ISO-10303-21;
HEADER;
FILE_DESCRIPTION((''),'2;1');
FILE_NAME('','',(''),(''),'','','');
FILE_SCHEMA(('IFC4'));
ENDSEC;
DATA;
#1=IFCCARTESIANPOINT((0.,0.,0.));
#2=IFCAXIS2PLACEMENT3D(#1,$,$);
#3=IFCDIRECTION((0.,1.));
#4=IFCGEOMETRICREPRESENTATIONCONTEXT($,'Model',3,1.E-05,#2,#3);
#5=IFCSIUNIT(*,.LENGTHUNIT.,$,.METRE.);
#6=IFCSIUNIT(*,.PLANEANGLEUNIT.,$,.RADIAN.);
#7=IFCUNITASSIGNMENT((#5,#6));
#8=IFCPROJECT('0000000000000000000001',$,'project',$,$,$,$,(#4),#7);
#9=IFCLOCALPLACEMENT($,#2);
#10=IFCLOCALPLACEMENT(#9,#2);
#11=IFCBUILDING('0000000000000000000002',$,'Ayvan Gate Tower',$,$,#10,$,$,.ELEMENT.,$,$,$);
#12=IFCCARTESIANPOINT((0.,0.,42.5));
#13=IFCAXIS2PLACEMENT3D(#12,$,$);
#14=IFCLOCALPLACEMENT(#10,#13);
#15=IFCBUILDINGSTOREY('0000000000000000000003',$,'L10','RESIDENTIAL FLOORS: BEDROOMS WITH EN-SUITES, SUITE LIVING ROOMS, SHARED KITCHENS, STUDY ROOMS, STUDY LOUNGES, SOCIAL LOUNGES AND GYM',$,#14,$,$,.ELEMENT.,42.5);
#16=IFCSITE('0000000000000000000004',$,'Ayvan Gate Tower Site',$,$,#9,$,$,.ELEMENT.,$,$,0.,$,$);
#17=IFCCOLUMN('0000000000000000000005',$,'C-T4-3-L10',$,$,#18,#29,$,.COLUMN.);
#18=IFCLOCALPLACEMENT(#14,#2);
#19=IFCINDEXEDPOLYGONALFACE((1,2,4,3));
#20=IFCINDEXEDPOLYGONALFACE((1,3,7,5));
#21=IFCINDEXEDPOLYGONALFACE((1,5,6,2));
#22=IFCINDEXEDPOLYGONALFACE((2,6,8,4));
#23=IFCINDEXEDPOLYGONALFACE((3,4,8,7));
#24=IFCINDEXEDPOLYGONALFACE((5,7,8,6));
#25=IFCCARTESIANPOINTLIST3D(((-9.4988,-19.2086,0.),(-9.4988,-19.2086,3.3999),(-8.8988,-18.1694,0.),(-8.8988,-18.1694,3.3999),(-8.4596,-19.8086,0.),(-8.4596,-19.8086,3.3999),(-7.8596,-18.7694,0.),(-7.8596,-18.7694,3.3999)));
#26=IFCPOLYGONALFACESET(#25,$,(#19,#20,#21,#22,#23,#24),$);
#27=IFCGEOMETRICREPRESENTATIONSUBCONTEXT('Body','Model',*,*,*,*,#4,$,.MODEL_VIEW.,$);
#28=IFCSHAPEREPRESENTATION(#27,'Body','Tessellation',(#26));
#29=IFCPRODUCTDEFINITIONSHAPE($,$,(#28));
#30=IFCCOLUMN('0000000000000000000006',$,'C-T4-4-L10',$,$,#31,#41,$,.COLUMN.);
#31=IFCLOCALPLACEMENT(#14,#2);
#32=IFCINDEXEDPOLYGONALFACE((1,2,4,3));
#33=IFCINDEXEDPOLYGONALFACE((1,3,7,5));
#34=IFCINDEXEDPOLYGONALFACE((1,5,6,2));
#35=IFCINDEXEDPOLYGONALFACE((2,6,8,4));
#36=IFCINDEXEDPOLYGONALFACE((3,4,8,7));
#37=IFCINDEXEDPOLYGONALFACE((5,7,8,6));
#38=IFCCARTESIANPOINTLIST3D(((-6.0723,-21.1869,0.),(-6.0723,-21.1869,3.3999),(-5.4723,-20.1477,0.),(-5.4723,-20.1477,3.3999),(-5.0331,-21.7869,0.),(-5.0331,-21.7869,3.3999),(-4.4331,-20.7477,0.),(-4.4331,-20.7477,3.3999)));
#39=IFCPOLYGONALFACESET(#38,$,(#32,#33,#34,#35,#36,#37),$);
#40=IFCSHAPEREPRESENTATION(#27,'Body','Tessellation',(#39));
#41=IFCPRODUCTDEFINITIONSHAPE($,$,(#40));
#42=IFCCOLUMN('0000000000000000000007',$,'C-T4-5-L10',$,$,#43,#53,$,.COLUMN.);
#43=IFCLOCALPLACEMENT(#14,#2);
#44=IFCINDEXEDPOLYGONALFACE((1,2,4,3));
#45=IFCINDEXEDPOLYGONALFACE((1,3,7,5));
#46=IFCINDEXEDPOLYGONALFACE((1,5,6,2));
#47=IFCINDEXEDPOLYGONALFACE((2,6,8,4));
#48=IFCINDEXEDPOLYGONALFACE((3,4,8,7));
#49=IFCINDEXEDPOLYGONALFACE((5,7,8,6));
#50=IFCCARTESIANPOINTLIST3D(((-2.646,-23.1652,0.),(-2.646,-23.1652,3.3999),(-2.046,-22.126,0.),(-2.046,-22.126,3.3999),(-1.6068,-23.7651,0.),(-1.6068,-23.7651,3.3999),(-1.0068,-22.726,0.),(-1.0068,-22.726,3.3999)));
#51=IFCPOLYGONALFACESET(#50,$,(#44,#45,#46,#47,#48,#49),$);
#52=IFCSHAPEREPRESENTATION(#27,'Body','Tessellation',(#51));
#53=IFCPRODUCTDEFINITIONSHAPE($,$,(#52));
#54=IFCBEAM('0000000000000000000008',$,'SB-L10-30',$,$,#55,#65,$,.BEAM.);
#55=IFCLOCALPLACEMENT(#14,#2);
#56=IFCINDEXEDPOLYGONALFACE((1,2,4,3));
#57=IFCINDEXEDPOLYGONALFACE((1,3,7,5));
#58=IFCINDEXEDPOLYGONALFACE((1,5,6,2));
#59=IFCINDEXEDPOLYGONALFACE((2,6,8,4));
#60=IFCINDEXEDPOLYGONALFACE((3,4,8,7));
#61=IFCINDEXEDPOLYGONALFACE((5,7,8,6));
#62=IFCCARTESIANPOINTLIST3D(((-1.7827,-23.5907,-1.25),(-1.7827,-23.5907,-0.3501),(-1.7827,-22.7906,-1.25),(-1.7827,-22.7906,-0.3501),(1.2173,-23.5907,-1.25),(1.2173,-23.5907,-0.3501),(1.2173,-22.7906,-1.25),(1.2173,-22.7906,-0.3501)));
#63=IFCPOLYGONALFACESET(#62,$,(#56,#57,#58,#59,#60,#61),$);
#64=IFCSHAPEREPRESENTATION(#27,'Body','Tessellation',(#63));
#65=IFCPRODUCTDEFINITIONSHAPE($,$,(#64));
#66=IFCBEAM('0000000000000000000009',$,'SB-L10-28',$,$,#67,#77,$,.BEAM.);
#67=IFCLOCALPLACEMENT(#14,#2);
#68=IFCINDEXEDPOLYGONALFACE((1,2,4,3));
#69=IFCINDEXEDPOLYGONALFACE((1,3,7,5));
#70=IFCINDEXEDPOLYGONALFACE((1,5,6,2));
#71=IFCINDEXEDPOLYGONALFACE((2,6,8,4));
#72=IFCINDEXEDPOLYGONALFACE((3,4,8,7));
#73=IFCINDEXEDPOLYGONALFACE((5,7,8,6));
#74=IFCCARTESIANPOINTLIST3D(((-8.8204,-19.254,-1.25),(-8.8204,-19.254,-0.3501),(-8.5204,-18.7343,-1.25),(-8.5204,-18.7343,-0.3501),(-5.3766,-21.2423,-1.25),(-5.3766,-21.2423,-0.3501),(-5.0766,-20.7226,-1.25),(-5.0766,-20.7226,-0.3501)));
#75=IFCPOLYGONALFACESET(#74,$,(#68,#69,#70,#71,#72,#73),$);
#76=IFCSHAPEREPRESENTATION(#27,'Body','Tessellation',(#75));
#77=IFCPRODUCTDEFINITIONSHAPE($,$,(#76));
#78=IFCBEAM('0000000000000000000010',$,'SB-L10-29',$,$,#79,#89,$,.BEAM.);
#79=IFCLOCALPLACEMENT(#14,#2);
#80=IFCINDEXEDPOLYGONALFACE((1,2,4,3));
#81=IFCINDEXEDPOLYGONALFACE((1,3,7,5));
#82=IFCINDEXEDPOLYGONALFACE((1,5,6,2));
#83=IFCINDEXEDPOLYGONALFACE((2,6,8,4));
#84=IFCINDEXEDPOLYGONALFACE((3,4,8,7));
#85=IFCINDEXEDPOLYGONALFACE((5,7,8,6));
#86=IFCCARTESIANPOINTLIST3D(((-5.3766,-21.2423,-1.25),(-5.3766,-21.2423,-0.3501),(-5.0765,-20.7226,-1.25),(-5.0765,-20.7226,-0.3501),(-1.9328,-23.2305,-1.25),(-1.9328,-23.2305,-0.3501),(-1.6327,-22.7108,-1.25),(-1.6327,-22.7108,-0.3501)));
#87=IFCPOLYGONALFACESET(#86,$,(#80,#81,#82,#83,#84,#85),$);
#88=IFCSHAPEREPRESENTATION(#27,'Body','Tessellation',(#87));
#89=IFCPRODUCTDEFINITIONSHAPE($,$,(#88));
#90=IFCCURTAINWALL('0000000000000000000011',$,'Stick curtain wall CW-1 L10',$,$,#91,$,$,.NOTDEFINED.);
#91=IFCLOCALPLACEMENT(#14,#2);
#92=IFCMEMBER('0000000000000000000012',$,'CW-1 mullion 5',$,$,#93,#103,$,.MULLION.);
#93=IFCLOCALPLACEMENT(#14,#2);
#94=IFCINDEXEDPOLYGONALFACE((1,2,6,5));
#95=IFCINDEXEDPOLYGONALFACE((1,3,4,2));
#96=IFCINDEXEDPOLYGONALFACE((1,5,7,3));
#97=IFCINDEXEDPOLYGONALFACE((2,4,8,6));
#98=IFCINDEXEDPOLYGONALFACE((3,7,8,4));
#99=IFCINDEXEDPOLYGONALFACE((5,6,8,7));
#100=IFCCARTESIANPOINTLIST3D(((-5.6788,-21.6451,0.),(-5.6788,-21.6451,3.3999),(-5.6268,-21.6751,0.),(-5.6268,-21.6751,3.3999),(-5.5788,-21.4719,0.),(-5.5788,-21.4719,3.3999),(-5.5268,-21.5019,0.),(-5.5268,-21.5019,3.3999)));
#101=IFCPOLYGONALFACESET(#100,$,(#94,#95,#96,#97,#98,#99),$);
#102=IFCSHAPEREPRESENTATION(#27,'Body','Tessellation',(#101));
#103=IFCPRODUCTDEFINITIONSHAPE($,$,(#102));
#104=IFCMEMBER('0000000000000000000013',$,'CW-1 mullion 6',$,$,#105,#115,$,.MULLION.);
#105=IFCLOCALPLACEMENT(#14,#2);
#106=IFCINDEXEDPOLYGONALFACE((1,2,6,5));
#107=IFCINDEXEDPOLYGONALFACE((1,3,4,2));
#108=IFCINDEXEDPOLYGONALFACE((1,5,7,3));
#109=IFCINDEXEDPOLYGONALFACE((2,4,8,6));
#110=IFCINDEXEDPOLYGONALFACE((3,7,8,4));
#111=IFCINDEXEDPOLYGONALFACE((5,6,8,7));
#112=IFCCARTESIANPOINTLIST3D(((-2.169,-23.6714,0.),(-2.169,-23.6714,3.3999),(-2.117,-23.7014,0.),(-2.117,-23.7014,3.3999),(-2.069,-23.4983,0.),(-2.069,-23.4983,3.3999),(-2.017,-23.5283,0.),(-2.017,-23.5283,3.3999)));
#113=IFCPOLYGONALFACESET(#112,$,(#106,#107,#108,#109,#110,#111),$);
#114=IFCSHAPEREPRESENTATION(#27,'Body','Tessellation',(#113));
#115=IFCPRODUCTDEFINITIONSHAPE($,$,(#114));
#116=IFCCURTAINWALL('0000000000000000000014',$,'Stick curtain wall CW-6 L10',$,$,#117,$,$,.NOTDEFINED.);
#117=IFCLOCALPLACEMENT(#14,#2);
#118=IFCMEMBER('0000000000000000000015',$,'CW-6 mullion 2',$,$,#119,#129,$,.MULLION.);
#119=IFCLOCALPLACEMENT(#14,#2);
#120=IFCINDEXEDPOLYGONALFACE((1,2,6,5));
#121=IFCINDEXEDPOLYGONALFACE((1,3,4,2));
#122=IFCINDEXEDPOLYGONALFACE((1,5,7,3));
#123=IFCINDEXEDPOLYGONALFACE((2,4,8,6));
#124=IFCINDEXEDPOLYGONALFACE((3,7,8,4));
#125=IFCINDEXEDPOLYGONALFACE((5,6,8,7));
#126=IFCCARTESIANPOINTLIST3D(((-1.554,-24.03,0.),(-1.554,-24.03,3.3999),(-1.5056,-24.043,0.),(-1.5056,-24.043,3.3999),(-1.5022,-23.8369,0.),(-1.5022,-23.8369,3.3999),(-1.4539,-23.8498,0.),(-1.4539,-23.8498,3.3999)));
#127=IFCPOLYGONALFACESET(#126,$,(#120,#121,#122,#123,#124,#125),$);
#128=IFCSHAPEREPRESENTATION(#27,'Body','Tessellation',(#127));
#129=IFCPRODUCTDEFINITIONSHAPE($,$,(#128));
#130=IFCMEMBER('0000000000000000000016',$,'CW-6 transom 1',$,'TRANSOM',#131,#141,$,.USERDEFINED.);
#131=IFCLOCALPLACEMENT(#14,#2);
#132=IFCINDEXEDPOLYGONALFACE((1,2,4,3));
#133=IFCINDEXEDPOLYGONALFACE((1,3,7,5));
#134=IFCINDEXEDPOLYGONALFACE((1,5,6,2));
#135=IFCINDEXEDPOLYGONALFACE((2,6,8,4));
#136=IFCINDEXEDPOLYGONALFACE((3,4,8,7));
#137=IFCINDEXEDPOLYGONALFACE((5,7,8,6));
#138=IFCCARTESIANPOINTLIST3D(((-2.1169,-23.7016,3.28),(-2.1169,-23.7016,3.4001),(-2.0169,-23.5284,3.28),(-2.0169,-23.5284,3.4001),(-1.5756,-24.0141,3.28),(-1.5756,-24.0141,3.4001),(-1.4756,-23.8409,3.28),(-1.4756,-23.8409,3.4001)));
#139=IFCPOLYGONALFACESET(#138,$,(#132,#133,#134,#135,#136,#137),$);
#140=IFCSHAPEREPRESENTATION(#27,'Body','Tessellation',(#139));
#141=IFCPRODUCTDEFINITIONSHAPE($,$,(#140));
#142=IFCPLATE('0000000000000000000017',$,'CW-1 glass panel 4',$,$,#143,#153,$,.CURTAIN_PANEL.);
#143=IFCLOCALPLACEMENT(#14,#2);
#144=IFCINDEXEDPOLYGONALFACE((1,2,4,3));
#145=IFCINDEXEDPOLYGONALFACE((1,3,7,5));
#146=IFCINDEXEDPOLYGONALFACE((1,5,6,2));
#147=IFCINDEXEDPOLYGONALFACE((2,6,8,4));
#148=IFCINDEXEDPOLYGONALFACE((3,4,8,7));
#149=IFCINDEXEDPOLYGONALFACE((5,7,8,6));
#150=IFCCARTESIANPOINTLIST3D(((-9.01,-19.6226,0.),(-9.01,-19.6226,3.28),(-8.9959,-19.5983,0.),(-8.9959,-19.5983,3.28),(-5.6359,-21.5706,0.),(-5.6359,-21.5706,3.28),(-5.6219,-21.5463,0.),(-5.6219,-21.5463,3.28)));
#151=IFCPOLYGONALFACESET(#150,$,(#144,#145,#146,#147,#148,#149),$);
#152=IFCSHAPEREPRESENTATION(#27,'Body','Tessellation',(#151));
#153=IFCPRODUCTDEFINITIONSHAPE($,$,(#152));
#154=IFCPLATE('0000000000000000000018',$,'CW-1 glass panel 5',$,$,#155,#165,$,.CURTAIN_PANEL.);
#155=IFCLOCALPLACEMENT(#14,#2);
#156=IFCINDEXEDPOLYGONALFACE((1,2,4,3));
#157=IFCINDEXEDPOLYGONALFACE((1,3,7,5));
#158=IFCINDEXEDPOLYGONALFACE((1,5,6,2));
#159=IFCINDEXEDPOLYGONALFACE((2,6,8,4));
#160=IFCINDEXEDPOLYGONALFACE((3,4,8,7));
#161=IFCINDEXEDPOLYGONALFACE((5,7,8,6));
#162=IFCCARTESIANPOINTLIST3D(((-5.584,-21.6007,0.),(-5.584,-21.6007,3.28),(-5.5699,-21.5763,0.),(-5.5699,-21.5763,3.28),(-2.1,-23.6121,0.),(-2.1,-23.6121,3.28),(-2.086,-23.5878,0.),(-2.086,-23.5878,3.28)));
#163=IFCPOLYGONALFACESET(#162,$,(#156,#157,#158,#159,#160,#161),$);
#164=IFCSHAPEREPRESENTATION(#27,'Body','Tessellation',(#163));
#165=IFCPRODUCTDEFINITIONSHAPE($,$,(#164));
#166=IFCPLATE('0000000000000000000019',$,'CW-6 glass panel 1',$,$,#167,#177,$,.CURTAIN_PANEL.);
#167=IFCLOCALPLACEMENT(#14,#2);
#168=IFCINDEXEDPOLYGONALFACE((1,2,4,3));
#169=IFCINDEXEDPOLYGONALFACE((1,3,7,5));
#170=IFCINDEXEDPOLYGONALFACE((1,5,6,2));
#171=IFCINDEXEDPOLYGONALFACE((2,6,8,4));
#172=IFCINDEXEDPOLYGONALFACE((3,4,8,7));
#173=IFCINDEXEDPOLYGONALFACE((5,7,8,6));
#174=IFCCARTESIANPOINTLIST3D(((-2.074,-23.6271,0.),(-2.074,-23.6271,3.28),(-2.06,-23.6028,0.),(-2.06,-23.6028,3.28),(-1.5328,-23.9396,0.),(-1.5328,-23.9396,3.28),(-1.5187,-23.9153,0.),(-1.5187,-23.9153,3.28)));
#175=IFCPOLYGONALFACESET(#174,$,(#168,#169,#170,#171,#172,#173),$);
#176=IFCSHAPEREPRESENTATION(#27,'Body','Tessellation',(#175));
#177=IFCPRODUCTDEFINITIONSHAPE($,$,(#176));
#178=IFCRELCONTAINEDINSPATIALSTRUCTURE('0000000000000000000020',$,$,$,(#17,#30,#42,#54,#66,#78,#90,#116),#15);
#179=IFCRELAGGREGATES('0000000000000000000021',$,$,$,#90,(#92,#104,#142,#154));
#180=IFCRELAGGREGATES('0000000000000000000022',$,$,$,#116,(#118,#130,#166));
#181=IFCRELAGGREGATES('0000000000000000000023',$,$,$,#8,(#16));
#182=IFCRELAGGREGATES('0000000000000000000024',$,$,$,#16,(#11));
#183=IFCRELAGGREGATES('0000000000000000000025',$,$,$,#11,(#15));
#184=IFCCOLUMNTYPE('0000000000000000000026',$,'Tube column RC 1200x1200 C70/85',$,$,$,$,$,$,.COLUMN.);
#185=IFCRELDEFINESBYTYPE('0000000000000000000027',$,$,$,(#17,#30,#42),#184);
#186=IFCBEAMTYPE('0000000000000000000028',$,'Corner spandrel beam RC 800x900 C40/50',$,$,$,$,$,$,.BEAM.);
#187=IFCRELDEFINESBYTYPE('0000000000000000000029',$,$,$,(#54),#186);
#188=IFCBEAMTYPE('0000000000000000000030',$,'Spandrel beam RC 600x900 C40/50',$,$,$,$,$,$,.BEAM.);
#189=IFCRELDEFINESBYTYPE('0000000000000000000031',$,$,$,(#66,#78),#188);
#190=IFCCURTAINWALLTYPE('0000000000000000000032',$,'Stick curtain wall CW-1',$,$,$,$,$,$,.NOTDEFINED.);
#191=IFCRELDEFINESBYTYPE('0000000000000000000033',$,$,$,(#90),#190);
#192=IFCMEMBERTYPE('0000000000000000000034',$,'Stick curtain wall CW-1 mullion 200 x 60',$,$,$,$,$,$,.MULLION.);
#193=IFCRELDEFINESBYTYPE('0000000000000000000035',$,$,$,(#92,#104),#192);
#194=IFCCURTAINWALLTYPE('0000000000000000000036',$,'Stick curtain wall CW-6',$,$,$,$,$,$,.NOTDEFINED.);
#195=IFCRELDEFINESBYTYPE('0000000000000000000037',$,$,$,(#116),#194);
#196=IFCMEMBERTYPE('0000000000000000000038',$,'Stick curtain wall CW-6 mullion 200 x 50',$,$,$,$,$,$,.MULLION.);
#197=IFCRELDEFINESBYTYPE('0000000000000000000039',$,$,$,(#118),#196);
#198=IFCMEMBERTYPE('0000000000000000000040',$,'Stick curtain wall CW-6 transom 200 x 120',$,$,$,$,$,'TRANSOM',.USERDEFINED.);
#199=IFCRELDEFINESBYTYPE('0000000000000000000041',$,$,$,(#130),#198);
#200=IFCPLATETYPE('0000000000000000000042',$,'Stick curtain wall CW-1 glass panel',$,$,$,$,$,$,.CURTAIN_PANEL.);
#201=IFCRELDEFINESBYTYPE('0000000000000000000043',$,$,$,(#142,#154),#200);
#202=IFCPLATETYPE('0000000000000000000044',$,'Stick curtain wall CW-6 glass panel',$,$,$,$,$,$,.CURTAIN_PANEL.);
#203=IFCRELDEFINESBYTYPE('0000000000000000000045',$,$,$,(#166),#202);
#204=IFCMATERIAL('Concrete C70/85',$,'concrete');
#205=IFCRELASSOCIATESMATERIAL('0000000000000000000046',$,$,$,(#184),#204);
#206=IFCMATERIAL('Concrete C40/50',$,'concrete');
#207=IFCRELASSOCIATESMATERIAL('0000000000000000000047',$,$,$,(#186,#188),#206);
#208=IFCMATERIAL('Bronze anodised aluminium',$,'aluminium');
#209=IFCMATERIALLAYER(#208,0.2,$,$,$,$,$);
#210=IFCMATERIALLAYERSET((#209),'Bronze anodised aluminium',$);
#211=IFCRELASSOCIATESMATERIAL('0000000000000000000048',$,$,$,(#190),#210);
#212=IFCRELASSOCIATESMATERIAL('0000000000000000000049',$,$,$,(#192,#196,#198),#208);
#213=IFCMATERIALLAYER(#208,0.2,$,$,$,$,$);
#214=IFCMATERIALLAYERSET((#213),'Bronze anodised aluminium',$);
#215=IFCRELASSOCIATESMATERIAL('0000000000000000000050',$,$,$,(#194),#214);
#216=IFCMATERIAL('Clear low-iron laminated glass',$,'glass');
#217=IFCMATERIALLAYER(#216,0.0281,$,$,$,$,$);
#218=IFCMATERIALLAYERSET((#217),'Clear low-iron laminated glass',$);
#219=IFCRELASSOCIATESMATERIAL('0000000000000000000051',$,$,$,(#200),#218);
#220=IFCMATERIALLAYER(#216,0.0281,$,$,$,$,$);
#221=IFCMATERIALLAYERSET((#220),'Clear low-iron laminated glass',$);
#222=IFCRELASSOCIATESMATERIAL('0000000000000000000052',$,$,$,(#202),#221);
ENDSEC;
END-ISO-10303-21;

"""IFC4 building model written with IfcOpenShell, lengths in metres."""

from ifc_helpers import new_model, si_unit, direction, frame, origin, origin_2d, place, context, subcontext, project, spatial, rectangle, extrude, material, layer, layer_set, material_profile, profile_set, type_object, element, aggregate, save


model = new_model("IFC4")

# Units and contexts
model_context = context("Model", 3, precision=1e-05, world=origin(), true_north=direction((0.0, 1.0)))
body_context = subcontext(model_context, "Body", "Model", "MODEL_VIEW")
ifc_project = project(units=[si_unit("LENGTHUNIT", "METRE"), si_unit("PLANEANGLEUNIT", "RADIAN")], contexts=[model_context])

# Site, building, storey
site_placement = place(None, origin())
site = spatial("IfcSite", under=ifc_project, at=site_placement, Name="Ayvan Gate Tower Site", CompositionType="ELEMENT", RefElevation=0.0)
building_placement = place(site_placement, origin())
building = spatial("IfcBuilding", under=site, at=building_placement, Name="Ayvan Gate Tower", CompositionType="ELEMENT")
storey_placement = place(building_placement, frame((0.0, 0.0, 42.5)))
storey = spatial("IfcBuildingStorey", under=building, at=storey_placement, Name="L10", Description="RESIDENTIAL FLOORS: BEDROOMS WITH EN-SUITES, SUITE LIVING ROOMS, SHARED KITCHENS, STUDY ROOMS, STUDY LOUNGES, SOCIAL LOUNGES AND GYM", CompositionType="ELEMENT", Elevation=42.5)

# Columns
ifc_material_1 = material(Name="Concrete C70/85", Category="concrete")
ifc_material_profile_1 = material_profile(ifc_material_1, rectangle(XDim=1.2, YDim=1.2, at=origin_2d()), Name="RC 1200x1200")
ifc_profile_set_1 = profile_set([ifc_material_profile_1], Name="Concrete C70/85")
column_type = type_object("IfcColumnType", Name="Tube column RC 1200x1200 C70/85", PredefinedType="COLUMN", material=ifc_profile_set_1)
for number, where, z_axis, x_axis, name in (
    (1, (-8.6792, -18.989, 0.0), (0.0, 0.0, 1.0), (-0.5, -0.866025, 0.0), "C-T4-3-L10"),
    (2, (-5.2527, -20.9673, 0.0), (0.0, 0.0, 1.0), (-0.5, -0.866025, 0.0), "C-T4-4-L10"),
    (3, (-1.8264, -22.9456, 0.0), (0.0, 0.0, 1.0), (-0.5, -0.866025, 0.0), "C-T4-5-L10"),
):
    element("IfcColumn", number, at=place(storey_placement, frame(where, z_axis=z_axis, x_axis=x_axis)), inside=storey, type_object=column_type, Name=name, PredefinedType="COLUMN", context=body_context, shape_type="SweptSolid", body=[
        extrude(rectangle(XDim=1.2, YDim=1.2, at=origin_2d()), origin(), (0.0, 0.0, 1.0), 3.3999),
    ])

# Beams
ifc_material_2 = material(Name="Concrete C40/50", Category="concrete")
ifc_material_profile_2 = material_profile(ifc_material_2, rectangle(XDim=0.8, YDim=0.8999, at=origin_2d()), Name="RC 800x900")
ifc_profile_set_2 = profile_set([ifc_material_profile_2], Name="Concrete C40/50")
beam_type_1 = type_object("IfcBeamType", Name="Corner spandrel beam RC 800x900 C40/50", PredefinedType="BEAM", material=ifc_profile_set_2)
beam_placement = place(storey_placement, frame((-1.7827, -23.1907, -0.8), z_axis=(1.0, 0.0, 0.0), x_axis=(0.0, 1.0, 0.0)))
element("IfcBeam", 4, at=beam_placement, inside=storey, type_object=beam_type_1, Name="SB-L10-30", PredefinedType="BEAM", context=body_context, shape_type="SweptSolid", body=[
    extrude(rectangle(XDim=0.8, YDim=0.8999, at=origin_2d()), origin(), (0.0, 0.0, 1.0), 3.0),
])
ifc_material_profile_3 = material_profile(ifc_material_2, rectangle(XDim=0.6001, YDim=0.8999, at=origin_2d()), Name="RC 600x900")
ifc_profile_set_3 = profile_set([ifc_material_profile_3], Name="Concrete C40/50")
beam_type_2 = type_object("IfcBeamType", Name="Spandrel beam RC 600x900 C40/50", PredefinedType="BEAM", material=ifc_profile_set_3)
for number, where, z_axis, x_axis, name in (
    (5, (-8.6704, -18.9941, -0.8), (0.866028, -0.499995, 0.0), (0.499995, 0.866028, 0.0), "SB-L10-28"),
    (6, (-5.2266, -20.9824, -0.8), (0.866028, -0.499995, 0.0), (0.499995, 0.866028, 0.0), "SB-L10-29"),
):
    element("IfcBeam", number, at=place(storey_placement, frame(where, z_axis=z_axis, x_axis=x_axis)), inside=storey, type_object=beam_type_2, Name=name, PredefinedType="BEAM", context=body_context, shape_type="SweptSolid", body=[
        extrude(rectangle(XDim=0.6001, YDim=0.8999, at=origin_2d()), origin(), (0.0, 0.0, 1.0), 3.9766),
    ])

# Curtain walls, members
ifc_material_3 = material(Name="Bronze anodised aluminium", Category="aluminium")
ifc_layer_1 = layer(ifc_material_3, 0.2)
ifc_layer_set_1 = layer_set([ifc_layer_1], Name="Bronze anodised aluminium")
curtain_wall_type_1 = type_object("IfcCurtainWallType", Name="Stick curtain wall CW-1", PredefinedType="NOTDEFINED", material=ifc_layer_set_1)
curtain_wall_1_placement = place(storey_placement, origin())
curtain_wall_1 = element("IfcCurtainWall", 7, at=curtain_wall_1_placement, inside=storey, type_object=curtain_wall_type_1, Name="Stick curtain wall CW-1 L10", PredefinedType="NOTDEFINED")
ifc_material_profile_4 = material_profile(ifc_material_3, rectangle(XDim=0.2, YDim=0.0601, at=origin_2d()), Name="Stick curtain wall CW-1 mullion 200 x 60")
ifc_profile_set_4 = profile_set([ifc_material_profile_4], Name="Bronze anodised aluminium")
member_type_1 = type_object("IfcMemberType", Name="Stick curtain wall CW-1 mullion 200 x 60", PredefinedType="MULLION", material=ifc_profile_set_4)
member_1_placement = place(storey_placement, frame((-5.6028, -21.5735, 0.0), z_axis=(0.0, 0.0, 1.0), x_axis=(-0.5, -0.866025, 0.0)))
member_1 = element("IfcMember", 8, at=member_1_placement, type_object=member_type_1, Name="CW-1 mullion 5", PredefinedType="MULLION", context=body_context, shape_type="SweptSolid", body=[
    extrude(rectangle(XDim=0.2, YDim=0.0601, at=origin_2d()), origin(), (0.0, 0.0, 1.0), 3.3999),
])
member_2_placement = place(storey_placement, frame((-2.093, -23.5999, 0.0), z_axis=(0.0, 0.0, 1.0), x_axis=(-0.5, -0.866025, 0.0)))
member_2 = element("IfcMember", 9, at=member_2_placement, type_object=member_type_1, Name="CW-1 mullion 6", PredefinedType="MULLION", context=body_context, shape_type="SweptSolid", body=[
    extrude(rectangle(XDim=0.2, YDim=0.0601, at=origin_2d()), origin(), (0.0, 0.0, 1.0), 3.3999),
])
ifc_layer_2 = layer(ifc_material_3, 0.2)
ifc_layer_set_2 = layer_set([ifc_layer_2], Name="Bronze anodised aluminium")
curtain_wall_type_2 = type_object("IfcCurtainWallType", Name="Stick curtain wall CW-6", PredefinedType="NOTDEFINED", material=ifc_layer_set_2)
curtain_wall_2_placement = place(storey_placement, origin())
curtain_wall_2 = element("IfcCurtainWall", 10, at=curtain_wall_2_placement, inside=storey, type_object=curtain_wall_type_2, Name="Stick curtain wall CW-6 L10", PredefinedType="NOTDEFINED")
ifc_material_profile_5 = material_profile(ifc_material_3, rectangle(XDim=0.2, YDim=0.05, at=origin_2d()), Name="Stick curtain wall CW-6 mullion 200 x 50")
ifc_profile_set_5 = profile_set([ifc_material_profile_5], Name="Bronze anodised aluminium")
member_type_2 = type_object("IfcMemberType", Name="Stick curtain wall CW-6 mullion 200 x 50", PredefinedType="MULLION", material=ifc_profile_set_5)
member_3_placement = place(storey_placement, frame((-1.5039, -23.9399, 0.0), z_axis=(0.0, 0.0, 1.0), x_axis=(-0.258819, -0.965926, 0.0)))
member_3 = element("IfcMember", 11, at=member_3_placement, type_object=member_type_2, Name="CW-6 mullion 2", PredefinedType="MULLION", context=body_context, shape_type="SweptSolid", body=[
    extrude(rectangle(XDim=0.2, YDim=0.05, at=origin_2d()), origin(), (0.0, 0.0, 1.0), 3.3999),
])
ifc_material_profile_6 = material_profile(ifc_material_3, rectangle(XDim=0.2, YDim=0.1201, at=origin_2d()), Name="Stick curtain wall CW-6 transom 200 x 120")
ifc_profile_set_6 = profile_set([ifc_material_profile_6], Name="Bronze anodised aluminium")
member_type_3 = type_object("IfcMemberType", Name="Stick curtain wall CW-6 transom 200 x 120", ElementType="TRANSOM", PredefinedType="USERDEFINED", material=ifc_profile_set_6)
member_4_placement = place(storey_placement, frame((-2.0669, -23.615, 3.3401), z_axis=(0.866023, -0.500004, 0.0), x_axis=(0.500004, 0.866023, 0.0)))
member_4 = element("IfcMember", 12, at=member_4_placement, type_object=member_type_3, Name="CW-6 transom 1", ObjectType="TRANSOM", PredefinedType="USERDEFINED", context=body_context, shape_type="SweptSolid", body=[
    extrude(rectangle(XDim=0.2, YDim=0.1201, at=origin_2d()), origin(), (0.0, 0.0, 1.0), 0.625),
])

# Plates
ifc_material_4 = material(Name="Clear low-iron laminated glass", Category="glass")
ifc_layer_3 = layer(ifc_material_4, 0.0281)
ifc_layer_set_3 = layer_set([ifc_layer_3], Name="Clear low-iron laminated glass")
plate_type_1 = type_object("IfcPlateType", Name="Stick curtain wall CW-1 glass panel", PredefinedType="CURTAIN_PANEL", material=ifc_layer_set_3)
plate_1_placement = place(storey_placement, frame((-7.3159, -20.5845, 0.0), z_axis=(0.0, 0.0, 1.0), x_axis=(0.866025, -0.5, 0.0)))
plate_1 = element("IfcPlate", 13, at=plate_1_placement, type_object=plate_type_1, Name="CW-1 glass panel 4", PredefinedType="CURTAIN_PANEL", context=body_context, shape_type="SweptSolid", body=[
    extrude(rectangle(XDim=3.896, YDim=0.0281, at=origin_2d()), origin(), (0.0, 0.0, 1.0), 3.28),
])
plate_2_placement = place(storey_placement, frame((-3.835, -22.5942, 0.0), z_axis=(0.0, 0.0, 1.0), x_axis=(0.866025, -0.5, 0.0)))
plate_2 = element("IfcPlate", 14, at=plate_2_placement, type_object=plate_type_1, Name="CW-1 glass panel 5", PredefinedType="CURTAIN_PANEL", context=body_context, shape_type="SweptSolid", body=[
    extrude(rectangle(XDim=4.0229, YDim=0.0281, at=origin_2d()), origin(), (0.0, 0.0, 1.0), 3.28),
])
aggregate(curtain_wall_1, [member_1, member_2, plate_1, plate_2])
ifc_layer_4 = layer(ifc_material_4, 0.0281)
ifc_layer_set_4 = layer_set([ifc_layer_4], Name="Clear low-iron laminated glass")
plate_type_2 = type_object("IfcPlateType", Name="Stick curtain wall CW-6 glass panel", PredefinedType="CURTAIN_PANEL", material=ifc_layer_set_4)
plate_3_placement = place(storey_placement, frame((-1.7964, -23.7712, 0.0), z_axis=(0.0, 0.0, 1.0), x_axis=(0.866025, -0.5, 0.0)))
plate_3 = element("IfcPlate", 15, at=plate_3_placement, type_object=plate_type_2, Name="CW-6 glass panel 1", PredefinedType="CURTAIN_PANEL", context=body_context, shape_type="SweptSolid", body=[
    extrude(rectangle(XDim=0.625, YDim=0.0281, at=origin_2d()), origin(), (0.0, 0.0, 1.0), 3.28),
])
aggregate(curtain_wall_2, [member_3, member_4, plate_3])

save(model, "model.ifc")
